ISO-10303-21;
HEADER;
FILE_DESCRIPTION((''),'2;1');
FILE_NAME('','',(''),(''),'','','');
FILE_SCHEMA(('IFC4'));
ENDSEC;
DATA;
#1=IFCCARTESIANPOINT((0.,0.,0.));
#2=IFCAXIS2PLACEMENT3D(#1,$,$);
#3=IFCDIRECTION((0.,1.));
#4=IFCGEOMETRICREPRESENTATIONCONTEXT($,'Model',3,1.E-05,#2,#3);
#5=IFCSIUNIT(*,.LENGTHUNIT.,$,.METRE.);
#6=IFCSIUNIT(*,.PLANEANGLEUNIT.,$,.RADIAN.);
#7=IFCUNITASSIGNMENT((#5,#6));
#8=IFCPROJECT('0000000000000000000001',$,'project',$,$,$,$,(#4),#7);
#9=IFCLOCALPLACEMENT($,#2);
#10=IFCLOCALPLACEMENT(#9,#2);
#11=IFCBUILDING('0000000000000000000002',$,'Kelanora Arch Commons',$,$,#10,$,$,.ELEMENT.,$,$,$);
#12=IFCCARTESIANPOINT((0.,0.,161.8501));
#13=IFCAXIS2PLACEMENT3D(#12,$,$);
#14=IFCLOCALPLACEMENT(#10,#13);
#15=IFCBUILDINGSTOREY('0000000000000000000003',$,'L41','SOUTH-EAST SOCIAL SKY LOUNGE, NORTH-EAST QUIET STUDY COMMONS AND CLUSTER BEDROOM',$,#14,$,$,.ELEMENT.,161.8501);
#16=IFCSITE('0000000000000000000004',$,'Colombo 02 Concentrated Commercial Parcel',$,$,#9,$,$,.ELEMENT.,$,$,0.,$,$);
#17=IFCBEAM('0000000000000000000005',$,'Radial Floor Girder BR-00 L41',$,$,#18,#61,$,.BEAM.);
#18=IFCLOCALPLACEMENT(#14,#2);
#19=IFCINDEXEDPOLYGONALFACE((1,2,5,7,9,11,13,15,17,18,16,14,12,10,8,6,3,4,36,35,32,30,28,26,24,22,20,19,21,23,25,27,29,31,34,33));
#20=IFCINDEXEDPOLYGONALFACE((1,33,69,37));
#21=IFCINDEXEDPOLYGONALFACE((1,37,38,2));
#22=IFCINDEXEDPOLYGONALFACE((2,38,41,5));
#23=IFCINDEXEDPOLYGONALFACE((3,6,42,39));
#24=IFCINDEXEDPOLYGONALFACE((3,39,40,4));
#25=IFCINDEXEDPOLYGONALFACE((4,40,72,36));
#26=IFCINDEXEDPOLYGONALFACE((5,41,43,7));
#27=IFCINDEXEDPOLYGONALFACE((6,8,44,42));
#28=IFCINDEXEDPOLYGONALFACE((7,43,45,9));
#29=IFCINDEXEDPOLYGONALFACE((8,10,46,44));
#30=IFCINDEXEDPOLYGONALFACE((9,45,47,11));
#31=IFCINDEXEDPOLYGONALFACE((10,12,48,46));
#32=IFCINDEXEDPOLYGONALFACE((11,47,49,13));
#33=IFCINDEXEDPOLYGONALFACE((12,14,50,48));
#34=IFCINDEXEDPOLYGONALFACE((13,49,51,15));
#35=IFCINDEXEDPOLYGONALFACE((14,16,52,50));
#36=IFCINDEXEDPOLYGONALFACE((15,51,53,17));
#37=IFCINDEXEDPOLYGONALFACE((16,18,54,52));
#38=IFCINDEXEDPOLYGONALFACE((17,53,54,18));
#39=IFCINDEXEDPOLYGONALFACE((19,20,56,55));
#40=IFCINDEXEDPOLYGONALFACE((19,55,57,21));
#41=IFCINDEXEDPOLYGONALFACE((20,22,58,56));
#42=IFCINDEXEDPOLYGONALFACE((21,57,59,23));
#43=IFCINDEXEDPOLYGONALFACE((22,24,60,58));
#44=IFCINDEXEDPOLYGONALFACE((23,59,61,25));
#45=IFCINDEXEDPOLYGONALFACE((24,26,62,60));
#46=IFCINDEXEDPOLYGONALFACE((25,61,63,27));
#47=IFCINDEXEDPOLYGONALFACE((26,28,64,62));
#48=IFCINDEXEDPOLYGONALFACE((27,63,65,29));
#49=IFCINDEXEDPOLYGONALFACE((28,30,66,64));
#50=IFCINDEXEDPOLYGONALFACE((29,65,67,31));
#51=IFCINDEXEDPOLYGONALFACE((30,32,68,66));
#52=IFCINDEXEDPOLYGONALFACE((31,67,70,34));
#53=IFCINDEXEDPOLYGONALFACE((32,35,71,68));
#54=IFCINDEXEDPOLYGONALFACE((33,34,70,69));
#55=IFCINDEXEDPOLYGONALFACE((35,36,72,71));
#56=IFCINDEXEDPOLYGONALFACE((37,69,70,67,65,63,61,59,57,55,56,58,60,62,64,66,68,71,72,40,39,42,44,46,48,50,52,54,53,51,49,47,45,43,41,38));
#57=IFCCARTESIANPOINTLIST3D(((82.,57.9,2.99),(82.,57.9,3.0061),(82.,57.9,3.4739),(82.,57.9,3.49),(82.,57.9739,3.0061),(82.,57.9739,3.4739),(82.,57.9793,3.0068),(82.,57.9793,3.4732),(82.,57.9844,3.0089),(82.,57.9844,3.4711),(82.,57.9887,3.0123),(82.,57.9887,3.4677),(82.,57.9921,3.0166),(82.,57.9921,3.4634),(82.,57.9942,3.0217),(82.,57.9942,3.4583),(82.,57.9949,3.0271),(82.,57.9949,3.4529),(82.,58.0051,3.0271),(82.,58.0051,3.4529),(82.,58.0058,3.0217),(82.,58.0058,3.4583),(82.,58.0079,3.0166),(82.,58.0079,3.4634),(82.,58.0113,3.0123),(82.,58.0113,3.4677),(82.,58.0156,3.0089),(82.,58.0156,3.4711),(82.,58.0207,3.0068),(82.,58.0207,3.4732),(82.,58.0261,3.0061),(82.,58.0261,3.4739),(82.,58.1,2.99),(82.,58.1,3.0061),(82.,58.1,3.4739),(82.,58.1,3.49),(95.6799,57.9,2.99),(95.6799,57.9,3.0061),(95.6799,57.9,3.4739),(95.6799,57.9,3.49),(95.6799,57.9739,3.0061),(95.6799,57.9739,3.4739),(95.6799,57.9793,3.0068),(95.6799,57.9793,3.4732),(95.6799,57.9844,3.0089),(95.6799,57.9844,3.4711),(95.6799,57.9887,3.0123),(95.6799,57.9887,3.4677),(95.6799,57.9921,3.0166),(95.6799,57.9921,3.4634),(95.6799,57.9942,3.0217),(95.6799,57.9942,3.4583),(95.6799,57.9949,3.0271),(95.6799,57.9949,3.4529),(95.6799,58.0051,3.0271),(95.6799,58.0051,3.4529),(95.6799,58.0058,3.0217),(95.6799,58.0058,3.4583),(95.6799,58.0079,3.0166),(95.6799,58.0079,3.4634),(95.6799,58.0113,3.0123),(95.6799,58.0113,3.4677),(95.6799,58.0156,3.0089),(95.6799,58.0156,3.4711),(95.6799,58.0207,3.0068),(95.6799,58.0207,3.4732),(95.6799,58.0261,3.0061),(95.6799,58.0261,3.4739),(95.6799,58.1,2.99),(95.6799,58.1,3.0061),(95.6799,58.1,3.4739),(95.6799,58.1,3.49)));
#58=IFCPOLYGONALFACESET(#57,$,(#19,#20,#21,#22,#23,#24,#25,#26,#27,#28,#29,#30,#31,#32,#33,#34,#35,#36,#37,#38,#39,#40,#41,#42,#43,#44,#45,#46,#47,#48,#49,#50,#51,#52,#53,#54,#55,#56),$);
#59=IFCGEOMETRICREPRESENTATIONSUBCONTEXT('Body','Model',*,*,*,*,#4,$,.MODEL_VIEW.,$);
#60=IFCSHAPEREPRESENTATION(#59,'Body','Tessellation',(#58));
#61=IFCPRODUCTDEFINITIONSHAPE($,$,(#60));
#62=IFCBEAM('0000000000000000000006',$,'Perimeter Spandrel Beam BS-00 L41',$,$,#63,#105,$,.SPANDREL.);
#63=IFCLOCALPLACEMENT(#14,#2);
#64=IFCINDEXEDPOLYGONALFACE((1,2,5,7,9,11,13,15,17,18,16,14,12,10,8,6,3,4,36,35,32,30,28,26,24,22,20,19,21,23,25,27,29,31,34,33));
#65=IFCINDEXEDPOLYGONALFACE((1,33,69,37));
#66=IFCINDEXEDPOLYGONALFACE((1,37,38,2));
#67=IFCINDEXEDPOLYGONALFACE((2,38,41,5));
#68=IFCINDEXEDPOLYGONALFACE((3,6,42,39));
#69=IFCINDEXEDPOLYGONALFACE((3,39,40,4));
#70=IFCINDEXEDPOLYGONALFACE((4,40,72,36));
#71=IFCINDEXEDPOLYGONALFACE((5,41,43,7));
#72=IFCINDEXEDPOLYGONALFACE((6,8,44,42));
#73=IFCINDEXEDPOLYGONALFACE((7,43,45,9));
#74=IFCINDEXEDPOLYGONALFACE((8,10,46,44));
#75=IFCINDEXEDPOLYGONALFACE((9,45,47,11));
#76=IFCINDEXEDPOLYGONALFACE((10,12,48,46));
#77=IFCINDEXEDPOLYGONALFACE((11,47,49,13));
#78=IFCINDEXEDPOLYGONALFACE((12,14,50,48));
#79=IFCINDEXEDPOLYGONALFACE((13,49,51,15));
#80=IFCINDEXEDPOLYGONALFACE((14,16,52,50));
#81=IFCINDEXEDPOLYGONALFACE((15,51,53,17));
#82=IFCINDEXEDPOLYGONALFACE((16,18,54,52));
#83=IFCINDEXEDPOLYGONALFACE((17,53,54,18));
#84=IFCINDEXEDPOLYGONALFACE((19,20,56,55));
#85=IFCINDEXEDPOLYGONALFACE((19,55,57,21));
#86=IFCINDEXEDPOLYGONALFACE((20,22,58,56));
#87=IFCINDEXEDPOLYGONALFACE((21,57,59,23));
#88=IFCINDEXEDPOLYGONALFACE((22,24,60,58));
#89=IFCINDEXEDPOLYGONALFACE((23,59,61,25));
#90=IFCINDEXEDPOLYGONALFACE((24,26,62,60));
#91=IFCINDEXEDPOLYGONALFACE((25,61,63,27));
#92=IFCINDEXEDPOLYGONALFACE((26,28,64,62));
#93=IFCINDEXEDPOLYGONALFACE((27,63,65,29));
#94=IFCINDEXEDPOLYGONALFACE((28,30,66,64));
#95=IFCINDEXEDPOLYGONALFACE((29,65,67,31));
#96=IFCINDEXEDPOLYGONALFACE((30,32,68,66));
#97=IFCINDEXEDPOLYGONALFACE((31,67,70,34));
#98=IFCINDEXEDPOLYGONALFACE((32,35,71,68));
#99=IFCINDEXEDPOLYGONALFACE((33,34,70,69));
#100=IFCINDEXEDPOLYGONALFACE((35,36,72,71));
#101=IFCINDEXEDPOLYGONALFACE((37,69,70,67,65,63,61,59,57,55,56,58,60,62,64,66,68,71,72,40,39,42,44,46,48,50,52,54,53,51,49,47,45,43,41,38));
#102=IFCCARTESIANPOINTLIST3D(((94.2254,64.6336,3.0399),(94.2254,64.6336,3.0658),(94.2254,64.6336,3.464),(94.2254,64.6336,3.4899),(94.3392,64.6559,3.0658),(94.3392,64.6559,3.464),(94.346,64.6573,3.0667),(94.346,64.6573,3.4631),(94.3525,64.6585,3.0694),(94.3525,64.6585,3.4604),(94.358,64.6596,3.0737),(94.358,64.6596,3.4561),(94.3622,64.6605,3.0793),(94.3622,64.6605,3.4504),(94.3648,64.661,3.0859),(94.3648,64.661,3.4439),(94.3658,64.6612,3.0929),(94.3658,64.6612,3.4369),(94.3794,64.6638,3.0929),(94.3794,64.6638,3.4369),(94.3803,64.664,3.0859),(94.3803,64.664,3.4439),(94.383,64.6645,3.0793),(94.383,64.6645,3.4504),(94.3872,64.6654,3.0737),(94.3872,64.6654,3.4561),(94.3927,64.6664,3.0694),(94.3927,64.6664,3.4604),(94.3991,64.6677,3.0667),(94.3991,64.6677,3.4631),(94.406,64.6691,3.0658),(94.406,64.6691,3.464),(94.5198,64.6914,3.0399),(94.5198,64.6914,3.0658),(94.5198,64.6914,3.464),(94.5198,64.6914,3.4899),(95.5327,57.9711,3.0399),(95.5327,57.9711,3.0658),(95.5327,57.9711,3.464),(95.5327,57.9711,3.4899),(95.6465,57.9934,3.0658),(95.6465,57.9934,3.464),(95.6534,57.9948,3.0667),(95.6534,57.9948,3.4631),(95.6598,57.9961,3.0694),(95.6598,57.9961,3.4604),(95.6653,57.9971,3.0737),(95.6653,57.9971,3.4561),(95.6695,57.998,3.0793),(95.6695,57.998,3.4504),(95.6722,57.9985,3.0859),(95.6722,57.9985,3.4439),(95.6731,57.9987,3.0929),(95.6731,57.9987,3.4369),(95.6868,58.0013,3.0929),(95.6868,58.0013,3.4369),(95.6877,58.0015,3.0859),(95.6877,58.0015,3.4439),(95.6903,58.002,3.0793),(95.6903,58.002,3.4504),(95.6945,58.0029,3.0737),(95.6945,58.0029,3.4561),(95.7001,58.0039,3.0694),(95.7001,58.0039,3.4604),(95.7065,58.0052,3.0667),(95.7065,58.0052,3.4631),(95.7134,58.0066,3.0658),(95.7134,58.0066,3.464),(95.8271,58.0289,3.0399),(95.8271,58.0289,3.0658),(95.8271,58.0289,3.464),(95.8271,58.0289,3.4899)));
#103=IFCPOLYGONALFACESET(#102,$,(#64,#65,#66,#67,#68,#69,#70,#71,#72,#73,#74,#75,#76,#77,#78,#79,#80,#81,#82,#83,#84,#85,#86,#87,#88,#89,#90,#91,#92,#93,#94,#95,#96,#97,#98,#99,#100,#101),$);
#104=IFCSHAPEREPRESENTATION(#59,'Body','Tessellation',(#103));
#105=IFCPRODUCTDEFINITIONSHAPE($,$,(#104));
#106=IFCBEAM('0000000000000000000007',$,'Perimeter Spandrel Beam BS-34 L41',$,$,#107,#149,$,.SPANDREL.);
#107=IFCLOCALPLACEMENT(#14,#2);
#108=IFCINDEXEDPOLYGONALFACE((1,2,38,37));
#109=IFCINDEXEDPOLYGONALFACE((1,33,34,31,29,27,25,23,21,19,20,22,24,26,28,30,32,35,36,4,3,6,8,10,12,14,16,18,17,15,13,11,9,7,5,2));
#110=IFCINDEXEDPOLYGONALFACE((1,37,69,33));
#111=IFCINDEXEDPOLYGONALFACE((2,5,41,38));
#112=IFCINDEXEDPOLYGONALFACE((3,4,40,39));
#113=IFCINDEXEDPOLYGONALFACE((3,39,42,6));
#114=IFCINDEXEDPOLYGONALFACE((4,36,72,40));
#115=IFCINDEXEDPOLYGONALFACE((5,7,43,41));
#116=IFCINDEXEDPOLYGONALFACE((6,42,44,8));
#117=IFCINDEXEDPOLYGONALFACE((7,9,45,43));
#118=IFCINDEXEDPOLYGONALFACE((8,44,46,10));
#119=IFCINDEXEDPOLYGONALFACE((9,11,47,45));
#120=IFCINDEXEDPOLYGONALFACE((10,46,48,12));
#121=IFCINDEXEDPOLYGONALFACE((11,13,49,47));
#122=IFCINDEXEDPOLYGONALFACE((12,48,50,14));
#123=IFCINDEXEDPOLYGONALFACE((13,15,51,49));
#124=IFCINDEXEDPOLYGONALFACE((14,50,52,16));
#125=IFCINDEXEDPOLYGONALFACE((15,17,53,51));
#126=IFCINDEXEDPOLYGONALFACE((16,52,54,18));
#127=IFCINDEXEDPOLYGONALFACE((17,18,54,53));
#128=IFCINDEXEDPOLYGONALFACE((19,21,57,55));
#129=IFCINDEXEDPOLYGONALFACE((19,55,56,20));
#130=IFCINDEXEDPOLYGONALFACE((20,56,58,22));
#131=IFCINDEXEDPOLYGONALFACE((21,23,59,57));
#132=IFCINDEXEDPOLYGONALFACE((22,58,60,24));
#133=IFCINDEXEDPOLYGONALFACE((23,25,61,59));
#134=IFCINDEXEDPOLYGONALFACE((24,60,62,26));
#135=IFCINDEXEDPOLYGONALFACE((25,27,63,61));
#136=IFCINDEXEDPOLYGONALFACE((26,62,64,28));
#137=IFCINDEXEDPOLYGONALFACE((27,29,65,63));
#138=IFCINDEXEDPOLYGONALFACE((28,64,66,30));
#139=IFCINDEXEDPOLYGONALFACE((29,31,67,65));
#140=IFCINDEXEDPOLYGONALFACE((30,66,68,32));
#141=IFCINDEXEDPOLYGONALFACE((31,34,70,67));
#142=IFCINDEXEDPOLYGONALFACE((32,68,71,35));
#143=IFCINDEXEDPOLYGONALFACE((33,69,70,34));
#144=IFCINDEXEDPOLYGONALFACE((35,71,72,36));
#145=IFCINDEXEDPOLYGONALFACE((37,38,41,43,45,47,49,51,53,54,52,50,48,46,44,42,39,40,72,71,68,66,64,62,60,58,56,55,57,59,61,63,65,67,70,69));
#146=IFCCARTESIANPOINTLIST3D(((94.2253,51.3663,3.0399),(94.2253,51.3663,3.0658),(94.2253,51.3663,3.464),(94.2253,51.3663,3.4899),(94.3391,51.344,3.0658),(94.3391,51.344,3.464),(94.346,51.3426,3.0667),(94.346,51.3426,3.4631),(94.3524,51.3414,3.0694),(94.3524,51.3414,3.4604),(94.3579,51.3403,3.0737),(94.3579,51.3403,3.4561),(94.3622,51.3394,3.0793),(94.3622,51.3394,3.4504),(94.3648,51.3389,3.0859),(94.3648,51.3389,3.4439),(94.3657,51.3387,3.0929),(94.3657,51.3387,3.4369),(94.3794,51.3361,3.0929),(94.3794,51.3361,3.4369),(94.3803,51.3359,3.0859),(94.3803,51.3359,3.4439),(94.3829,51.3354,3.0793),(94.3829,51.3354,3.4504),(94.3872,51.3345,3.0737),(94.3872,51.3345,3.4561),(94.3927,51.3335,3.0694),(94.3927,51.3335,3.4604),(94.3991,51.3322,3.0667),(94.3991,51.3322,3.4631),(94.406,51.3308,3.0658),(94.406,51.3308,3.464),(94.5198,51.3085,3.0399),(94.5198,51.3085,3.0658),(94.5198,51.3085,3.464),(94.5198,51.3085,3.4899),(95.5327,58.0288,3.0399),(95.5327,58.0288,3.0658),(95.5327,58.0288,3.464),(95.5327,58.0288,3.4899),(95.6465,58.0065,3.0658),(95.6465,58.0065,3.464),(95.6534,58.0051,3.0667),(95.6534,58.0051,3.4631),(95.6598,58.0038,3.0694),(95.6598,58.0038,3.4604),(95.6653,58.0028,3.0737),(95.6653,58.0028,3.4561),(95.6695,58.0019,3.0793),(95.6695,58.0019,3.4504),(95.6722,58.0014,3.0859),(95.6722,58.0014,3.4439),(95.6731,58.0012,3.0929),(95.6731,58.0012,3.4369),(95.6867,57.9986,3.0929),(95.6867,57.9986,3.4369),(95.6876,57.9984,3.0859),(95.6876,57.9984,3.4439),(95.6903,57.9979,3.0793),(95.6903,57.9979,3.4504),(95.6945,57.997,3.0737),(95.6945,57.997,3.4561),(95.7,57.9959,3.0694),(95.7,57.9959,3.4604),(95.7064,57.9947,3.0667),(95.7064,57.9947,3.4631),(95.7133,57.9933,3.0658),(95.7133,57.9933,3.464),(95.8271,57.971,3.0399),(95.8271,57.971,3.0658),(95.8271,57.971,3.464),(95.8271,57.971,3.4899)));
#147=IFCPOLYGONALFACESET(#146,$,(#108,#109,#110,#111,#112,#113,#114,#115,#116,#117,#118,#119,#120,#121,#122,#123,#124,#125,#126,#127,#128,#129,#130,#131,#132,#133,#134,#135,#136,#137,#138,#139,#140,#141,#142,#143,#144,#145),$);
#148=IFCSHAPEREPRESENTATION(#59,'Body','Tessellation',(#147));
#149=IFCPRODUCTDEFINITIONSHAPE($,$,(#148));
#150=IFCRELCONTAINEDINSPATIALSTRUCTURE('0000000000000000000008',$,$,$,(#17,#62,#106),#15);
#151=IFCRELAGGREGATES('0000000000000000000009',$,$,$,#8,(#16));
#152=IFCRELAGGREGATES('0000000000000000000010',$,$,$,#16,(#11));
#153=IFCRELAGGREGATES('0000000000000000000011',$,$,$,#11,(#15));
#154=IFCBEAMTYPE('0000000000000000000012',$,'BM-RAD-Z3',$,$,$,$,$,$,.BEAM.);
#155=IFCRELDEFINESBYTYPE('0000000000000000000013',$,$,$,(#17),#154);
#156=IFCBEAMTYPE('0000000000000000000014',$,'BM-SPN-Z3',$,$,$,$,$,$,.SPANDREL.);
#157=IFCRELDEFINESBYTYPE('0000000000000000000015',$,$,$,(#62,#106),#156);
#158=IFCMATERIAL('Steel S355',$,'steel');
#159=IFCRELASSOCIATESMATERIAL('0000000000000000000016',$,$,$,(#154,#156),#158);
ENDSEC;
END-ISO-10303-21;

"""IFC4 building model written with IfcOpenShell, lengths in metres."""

from ifc_helpers import new_model, si_unit, direction, frame, origin, origin_2d, place, context, subcontext, project, spatial, i_section, extrude, material, material_profile, profile_set, type_object, element, save


model = new_model("IFC4")

# Units and contexts
model_context = context("Model", 3, precision=1e-05, world=origin(), true_north=direction((0.0, 1.0)))
body_context = subcontext(model_context, "Body", "Model", "MODEL_VIEW")
ifc_project = project(units=[si_unit("LENGTHUNIT", "METRE"), si_unit("PLANEANGLEUNIT", "RADIAN")], contexts=[model_context])

# Site, building, storey
site_placement = place(None, origin())
site = spatial("IfcSite", under=ifc_project, at=site_placement, Name="Colombo 02 Concentrated Commercial Parcel", CompositionType="ELEMENT", RefElevation=0.0)
building_placement = place(site_placement, origin())
building = spatial("IfcBuilding", under=site, at=building_placement, Name="Kelanora Arch Commons", CompositionType="ELEMENT")
storey_placement = place(building_placement, frame((0.0, 0.0, 161.8501)))
storey = spatial("IfcBuildingStorey", under=building, at=storey_placement, Name="L41", Description="SOUTH-EAST SOCIAL SKY LOUNGE, NORTH-EAST QUIET STUDY COMMONS AND CLUSTER BEDROOM", CompositionType="ELEMENT", Elevation=161.8501)

# Beams
ifc_material_1 = material(Name="Steel S355", Category="steel")
ifc_material_profile_1 = material_profile(ifc_material_1, i_section(OverallWidth=0.2, OverallDepth=0.5, WebThickness=0.0103, FlangeThickness=0.0161, FilletRadius=0.021, at=origin_2d()), Name="IPE500")
ifc_profile_set_1 = profile_set([ifc_material_profile_1], Name="Steel S355")
beam_type_1 = type_object("IfcBeamType", Name="BM-RAD-Z3", PredefinedType="BEAM", material=ifc_profile_set_1)
beam_1_placement = place(storey_placement, frame((82.0, 58.0, 3.24), z_axis=(1.0, 0.0, 0.0), x_axis=(0.0, 1.0, 0.0)))
element("IfcBeam", 1, at=beam_1_placement, inside=storey, type_object=beam_type_1, Name="Radial Floor Girder BR-00 L41", PredefinedType="BEAM", context=body_context, shape_type="SweptSolid", body=[
    extrude(i_section(OverallWidth=0.2, OverallDepth=0.5, WebThickness=0.0103, FlangeThickness=0.0161, FilletRadius=0.021, at=origin_2d()), origin(), (0.0, 0.0, 1.0), 13.6799),
])
ifc_material_profile_2 = material_profile(ifc_material_1, i_section(OverallWidth=0.3, OverallDepth=0.45, WebThickness=0.0139, FlangeThickness=0.0259, FilletRadius=0.0271, at=origin_2d()), Name="HEB450")
ifc_profile_set_2 = profile_set([ifc_material_profile_2], Name="Steel S355")
beam_type_2 = type_object("IfcBeamType", Name="BM-SPN-Z3", PredefinedType="SPANDREL", material=ifc_profile_set_2)
for number, where, z_axis, x_axis, name in (
    (2, (95.6799, 58.0, 3.2649), (-0.192554, 0.981286, 0.0), (-0.981286, -0.192554, 0.0), "Perimeter Spandrel Beam BS-00 L41"),
    (3, (94.3726, 51.3374, 3.2649), (0.192554, 0.981286, 0.0), (-0.981286, 0.192554, 0.0), "Perimeter Spandrel Beam BS-34 L41"),
):
    element("IfcBeam", number, at=place(storey_placement, frame(where, z_axis=z_axis, x_axis=x_axis)), inside=storey, type_object=beam_type_2, Name=name, PredefinedType="SPANDREL", context=body_context, shape_type="SweptSolid", body=[
        extrude(i_section(OverallWidth=0.3, OverallDepth=0.45, WebThickness=0.0139, FlangeThickness=0.0259, FilletRadius=0.0271, at=origin_2d()), origin(), (0.0, 0.0, 1.0), 6.7896),
    ])

save(model, "model.ifc")
